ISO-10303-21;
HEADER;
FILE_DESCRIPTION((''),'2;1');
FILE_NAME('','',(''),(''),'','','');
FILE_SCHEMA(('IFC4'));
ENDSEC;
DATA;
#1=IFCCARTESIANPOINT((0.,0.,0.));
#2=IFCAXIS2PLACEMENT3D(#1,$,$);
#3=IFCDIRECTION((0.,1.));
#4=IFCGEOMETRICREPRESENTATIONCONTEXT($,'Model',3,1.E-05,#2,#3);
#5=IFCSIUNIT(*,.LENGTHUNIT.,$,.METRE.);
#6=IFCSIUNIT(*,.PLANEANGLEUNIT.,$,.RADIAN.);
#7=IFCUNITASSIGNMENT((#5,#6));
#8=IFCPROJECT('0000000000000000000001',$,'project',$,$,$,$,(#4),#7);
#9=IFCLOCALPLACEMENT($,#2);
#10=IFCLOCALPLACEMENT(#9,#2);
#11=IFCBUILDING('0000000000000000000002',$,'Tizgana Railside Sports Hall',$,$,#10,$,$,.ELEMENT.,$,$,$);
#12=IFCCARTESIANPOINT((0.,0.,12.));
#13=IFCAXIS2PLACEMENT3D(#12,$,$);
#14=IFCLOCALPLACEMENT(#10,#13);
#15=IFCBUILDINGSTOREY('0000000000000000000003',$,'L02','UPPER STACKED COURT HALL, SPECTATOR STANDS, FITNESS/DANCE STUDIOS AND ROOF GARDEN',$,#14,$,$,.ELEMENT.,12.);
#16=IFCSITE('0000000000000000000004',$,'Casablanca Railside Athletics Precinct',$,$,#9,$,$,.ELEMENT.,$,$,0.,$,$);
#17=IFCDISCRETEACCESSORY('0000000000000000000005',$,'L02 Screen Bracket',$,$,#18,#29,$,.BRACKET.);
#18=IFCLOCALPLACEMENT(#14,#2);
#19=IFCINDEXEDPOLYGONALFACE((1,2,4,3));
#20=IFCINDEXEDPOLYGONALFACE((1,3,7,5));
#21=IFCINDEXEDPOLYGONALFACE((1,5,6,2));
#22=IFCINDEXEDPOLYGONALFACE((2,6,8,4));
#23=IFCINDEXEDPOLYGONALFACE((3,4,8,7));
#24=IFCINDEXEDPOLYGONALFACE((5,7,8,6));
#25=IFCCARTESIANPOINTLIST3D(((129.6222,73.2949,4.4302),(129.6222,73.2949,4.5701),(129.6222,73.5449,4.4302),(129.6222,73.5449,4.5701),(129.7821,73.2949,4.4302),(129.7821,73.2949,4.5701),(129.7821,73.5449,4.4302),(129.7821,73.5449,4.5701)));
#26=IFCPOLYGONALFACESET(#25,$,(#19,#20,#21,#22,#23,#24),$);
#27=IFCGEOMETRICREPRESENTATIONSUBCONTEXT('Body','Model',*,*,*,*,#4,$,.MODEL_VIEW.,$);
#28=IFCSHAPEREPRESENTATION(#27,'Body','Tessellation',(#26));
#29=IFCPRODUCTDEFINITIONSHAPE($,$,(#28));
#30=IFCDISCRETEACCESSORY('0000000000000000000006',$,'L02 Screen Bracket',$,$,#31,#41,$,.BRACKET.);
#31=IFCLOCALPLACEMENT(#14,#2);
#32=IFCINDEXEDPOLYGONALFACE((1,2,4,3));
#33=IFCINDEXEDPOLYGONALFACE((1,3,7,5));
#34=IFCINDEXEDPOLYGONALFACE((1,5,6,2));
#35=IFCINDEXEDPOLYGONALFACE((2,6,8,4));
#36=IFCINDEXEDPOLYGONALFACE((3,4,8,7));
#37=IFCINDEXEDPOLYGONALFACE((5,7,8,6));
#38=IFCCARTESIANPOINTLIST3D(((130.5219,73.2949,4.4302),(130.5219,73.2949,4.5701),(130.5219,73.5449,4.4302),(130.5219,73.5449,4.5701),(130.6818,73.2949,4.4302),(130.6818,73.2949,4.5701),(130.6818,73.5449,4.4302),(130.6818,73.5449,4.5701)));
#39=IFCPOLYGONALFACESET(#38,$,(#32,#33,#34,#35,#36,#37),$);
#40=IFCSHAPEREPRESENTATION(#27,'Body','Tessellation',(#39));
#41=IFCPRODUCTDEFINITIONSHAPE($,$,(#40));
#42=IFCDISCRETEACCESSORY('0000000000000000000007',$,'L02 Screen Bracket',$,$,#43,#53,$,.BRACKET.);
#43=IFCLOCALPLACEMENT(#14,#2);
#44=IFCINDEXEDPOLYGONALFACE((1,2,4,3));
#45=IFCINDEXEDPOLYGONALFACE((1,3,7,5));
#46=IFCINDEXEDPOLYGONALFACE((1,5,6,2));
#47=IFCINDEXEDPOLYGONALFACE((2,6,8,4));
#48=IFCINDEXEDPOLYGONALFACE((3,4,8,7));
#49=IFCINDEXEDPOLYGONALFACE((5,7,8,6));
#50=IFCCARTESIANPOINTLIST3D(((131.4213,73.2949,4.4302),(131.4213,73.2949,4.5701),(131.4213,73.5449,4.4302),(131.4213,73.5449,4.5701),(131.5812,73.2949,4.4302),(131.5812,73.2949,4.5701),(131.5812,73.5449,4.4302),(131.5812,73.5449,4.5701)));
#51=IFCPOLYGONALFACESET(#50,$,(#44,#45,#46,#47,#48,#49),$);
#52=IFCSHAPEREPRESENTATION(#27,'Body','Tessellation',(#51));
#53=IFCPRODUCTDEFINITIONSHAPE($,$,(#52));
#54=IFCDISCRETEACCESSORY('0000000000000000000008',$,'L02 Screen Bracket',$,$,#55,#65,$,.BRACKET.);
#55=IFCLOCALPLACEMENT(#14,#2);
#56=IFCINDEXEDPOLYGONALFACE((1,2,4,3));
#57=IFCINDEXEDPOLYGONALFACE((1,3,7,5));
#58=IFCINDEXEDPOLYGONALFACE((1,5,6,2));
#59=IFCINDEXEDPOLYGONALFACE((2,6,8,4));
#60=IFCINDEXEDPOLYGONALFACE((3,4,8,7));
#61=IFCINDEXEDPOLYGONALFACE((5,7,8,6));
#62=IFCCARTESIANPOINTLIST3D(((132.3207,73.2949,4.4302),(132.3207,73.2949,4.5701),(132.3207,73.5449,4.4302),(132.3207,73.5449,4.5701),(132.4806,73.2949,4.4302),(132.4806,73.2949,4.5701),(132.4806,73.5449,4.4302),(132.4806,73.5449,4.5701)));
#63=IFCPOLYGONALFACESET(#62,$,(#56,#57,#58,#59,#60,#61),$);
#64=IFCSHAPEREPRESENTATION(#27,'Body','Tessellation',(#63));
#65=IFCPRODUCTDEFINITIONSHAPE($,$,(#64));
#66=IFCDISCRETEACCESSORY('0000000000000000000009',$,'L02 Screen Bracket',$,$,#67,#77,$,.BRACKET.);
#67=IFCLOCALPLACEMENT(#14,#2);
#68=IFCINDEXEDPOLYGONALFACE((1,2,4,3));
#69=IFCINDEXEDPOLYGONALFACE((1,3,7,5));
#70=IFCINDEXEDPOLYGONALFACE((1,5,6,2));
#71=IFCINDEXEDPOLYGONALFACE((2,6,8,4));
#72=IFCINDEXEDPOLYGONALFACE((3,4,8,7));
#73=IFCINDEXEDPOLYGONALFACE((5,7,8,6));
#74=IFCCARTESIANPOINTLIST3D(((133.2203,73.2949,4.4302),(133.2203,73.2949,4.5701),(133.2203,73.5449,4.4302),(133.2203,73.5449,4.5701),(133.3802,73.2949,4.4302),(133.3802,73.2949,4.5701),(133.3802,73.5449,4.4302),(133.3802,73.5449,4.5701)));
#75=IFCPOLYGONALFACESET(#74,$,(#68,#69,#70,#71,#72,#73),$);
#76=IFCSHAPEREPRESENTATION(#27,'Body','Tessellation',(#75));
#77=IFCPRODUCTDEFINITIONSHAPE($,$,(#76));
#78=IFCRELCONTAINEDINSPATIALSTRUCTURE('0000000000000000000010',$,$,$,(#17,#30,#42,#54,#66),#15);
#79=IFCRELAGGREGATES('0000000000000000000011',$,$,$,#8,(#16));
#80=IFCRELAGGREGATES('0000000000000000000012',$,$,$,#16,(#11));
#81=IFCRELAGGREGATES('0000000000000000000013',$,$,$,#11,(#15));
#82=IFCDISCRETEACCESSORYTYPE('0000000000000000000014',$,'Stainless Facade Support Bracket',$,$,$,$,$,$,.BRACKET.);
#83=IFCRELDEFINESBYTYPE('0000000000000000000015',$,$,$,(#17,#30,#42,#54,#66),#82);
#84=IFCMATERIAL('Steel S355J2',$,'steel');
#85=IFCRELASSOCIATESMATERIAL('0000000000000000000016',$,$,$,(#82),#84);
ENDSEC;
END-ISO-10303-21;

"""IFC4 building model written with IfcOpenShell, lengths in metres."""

from ifc_helpers import new_model, si_unit, direction, frame, origin, origin_2d, place, context, subcontext, project, spatial, rectangle, extrude, material, type_object, element, save


model = new_model("IFC4")

# Units and contexts
model_context = context("Model", 3, precision=1e-05, world=origin(), true_north=direction((0.0, 1.0)))
body_context = subcontext(model_context, "Body", "Model", "MODEL_VIEW")
ifc_project = project(units=[si_unit("LENGTHUNIT", "METRE"), si_unit("PLANEANGLEUNIT", "RADIAN")], contexts=[model_context])

# Site, building, storey
site_placement = place(None, origin())
site = spatial("IfcSite", under=ifc_project, at=site_placement, Name="Casablanca Railside Athletics Precinct", CompositionType="ELEMENT", RefElevation=0.0)
building_placement = place(site_placement, origin())
building = spatial("IfcBuilding", under=site, at=building_placement, Name="Tizgana Railside Sports Hall", CompositionType="ELEMENT")
storey_placement = place(building_placement, frame((0.0, 0.0, 12.0)))
storey = spatial("IfcBuildingStorey", under=building, at=storey_placement, Name="L02", Description="UPPER STACKED COURT HALL, SPECTATOR STANDS, FITNESS/DANCE STUDIOS AND ROOF GARDEN", CompositionType="ELEMENT", Elevation=12.0)

# Discrete accessories
ifc_material_1 = material(Name="Steel S355J2", Category="steel")
discrete_accessory_type = type_object("IfcDiscreteAccessoryType", Name="Stainless Facade Support Bracket", PredefinedType="BRACKET", material=ifc_material_1)
for number, where, z_axis, x_axis, name in (
    (1, (129.7021, 73.4199, 4.4302), (0.0, 0.0, 1.0), (1.0, 0.0, 0.0), "L02 Screen Bracket"),
    (2, (130.6018, 73.4199, 4.4302), (0.0, 0.0, 1.0), (1.0, 0.0, 0.0), "L02 Screen Bracket"),
    (3, (131.5012, 73.4199, 4.4302), (0.0, 0.0, 1.0), (1.0, 0.0, 0.0), "L02 Screen Bracket"),
    (4, (132.4006, 73.4199, 4.4302), (0.0, 0.0, 1.0), (1.0, 0.0, 0.0), "L02 Screen Bracket"),
    (5, (133.3003, 73.4199, 4.4302), (0.0, 0.0, 1.0), (1.0, 0.0, 0.0), "L02 Screen Bracket"),
):
    element("IfcDiscreteAccessory", number, at=place(storey_placement, frame(where, z_axis=z_axis, x_axis=x_axis)), inside=storey, type_object=discrete_accessory_type, Name=name, PredefinedType="BRACKET", context=body_context, shape_type="SweptSolid", body=[
        extrude(rectangle(XDim=0.1599, YDim=0.25, at=origin_2d()), origin(), (0.0, 0.0, 1.0), 0.1399),
    ])

save(model, "model.ifc")
